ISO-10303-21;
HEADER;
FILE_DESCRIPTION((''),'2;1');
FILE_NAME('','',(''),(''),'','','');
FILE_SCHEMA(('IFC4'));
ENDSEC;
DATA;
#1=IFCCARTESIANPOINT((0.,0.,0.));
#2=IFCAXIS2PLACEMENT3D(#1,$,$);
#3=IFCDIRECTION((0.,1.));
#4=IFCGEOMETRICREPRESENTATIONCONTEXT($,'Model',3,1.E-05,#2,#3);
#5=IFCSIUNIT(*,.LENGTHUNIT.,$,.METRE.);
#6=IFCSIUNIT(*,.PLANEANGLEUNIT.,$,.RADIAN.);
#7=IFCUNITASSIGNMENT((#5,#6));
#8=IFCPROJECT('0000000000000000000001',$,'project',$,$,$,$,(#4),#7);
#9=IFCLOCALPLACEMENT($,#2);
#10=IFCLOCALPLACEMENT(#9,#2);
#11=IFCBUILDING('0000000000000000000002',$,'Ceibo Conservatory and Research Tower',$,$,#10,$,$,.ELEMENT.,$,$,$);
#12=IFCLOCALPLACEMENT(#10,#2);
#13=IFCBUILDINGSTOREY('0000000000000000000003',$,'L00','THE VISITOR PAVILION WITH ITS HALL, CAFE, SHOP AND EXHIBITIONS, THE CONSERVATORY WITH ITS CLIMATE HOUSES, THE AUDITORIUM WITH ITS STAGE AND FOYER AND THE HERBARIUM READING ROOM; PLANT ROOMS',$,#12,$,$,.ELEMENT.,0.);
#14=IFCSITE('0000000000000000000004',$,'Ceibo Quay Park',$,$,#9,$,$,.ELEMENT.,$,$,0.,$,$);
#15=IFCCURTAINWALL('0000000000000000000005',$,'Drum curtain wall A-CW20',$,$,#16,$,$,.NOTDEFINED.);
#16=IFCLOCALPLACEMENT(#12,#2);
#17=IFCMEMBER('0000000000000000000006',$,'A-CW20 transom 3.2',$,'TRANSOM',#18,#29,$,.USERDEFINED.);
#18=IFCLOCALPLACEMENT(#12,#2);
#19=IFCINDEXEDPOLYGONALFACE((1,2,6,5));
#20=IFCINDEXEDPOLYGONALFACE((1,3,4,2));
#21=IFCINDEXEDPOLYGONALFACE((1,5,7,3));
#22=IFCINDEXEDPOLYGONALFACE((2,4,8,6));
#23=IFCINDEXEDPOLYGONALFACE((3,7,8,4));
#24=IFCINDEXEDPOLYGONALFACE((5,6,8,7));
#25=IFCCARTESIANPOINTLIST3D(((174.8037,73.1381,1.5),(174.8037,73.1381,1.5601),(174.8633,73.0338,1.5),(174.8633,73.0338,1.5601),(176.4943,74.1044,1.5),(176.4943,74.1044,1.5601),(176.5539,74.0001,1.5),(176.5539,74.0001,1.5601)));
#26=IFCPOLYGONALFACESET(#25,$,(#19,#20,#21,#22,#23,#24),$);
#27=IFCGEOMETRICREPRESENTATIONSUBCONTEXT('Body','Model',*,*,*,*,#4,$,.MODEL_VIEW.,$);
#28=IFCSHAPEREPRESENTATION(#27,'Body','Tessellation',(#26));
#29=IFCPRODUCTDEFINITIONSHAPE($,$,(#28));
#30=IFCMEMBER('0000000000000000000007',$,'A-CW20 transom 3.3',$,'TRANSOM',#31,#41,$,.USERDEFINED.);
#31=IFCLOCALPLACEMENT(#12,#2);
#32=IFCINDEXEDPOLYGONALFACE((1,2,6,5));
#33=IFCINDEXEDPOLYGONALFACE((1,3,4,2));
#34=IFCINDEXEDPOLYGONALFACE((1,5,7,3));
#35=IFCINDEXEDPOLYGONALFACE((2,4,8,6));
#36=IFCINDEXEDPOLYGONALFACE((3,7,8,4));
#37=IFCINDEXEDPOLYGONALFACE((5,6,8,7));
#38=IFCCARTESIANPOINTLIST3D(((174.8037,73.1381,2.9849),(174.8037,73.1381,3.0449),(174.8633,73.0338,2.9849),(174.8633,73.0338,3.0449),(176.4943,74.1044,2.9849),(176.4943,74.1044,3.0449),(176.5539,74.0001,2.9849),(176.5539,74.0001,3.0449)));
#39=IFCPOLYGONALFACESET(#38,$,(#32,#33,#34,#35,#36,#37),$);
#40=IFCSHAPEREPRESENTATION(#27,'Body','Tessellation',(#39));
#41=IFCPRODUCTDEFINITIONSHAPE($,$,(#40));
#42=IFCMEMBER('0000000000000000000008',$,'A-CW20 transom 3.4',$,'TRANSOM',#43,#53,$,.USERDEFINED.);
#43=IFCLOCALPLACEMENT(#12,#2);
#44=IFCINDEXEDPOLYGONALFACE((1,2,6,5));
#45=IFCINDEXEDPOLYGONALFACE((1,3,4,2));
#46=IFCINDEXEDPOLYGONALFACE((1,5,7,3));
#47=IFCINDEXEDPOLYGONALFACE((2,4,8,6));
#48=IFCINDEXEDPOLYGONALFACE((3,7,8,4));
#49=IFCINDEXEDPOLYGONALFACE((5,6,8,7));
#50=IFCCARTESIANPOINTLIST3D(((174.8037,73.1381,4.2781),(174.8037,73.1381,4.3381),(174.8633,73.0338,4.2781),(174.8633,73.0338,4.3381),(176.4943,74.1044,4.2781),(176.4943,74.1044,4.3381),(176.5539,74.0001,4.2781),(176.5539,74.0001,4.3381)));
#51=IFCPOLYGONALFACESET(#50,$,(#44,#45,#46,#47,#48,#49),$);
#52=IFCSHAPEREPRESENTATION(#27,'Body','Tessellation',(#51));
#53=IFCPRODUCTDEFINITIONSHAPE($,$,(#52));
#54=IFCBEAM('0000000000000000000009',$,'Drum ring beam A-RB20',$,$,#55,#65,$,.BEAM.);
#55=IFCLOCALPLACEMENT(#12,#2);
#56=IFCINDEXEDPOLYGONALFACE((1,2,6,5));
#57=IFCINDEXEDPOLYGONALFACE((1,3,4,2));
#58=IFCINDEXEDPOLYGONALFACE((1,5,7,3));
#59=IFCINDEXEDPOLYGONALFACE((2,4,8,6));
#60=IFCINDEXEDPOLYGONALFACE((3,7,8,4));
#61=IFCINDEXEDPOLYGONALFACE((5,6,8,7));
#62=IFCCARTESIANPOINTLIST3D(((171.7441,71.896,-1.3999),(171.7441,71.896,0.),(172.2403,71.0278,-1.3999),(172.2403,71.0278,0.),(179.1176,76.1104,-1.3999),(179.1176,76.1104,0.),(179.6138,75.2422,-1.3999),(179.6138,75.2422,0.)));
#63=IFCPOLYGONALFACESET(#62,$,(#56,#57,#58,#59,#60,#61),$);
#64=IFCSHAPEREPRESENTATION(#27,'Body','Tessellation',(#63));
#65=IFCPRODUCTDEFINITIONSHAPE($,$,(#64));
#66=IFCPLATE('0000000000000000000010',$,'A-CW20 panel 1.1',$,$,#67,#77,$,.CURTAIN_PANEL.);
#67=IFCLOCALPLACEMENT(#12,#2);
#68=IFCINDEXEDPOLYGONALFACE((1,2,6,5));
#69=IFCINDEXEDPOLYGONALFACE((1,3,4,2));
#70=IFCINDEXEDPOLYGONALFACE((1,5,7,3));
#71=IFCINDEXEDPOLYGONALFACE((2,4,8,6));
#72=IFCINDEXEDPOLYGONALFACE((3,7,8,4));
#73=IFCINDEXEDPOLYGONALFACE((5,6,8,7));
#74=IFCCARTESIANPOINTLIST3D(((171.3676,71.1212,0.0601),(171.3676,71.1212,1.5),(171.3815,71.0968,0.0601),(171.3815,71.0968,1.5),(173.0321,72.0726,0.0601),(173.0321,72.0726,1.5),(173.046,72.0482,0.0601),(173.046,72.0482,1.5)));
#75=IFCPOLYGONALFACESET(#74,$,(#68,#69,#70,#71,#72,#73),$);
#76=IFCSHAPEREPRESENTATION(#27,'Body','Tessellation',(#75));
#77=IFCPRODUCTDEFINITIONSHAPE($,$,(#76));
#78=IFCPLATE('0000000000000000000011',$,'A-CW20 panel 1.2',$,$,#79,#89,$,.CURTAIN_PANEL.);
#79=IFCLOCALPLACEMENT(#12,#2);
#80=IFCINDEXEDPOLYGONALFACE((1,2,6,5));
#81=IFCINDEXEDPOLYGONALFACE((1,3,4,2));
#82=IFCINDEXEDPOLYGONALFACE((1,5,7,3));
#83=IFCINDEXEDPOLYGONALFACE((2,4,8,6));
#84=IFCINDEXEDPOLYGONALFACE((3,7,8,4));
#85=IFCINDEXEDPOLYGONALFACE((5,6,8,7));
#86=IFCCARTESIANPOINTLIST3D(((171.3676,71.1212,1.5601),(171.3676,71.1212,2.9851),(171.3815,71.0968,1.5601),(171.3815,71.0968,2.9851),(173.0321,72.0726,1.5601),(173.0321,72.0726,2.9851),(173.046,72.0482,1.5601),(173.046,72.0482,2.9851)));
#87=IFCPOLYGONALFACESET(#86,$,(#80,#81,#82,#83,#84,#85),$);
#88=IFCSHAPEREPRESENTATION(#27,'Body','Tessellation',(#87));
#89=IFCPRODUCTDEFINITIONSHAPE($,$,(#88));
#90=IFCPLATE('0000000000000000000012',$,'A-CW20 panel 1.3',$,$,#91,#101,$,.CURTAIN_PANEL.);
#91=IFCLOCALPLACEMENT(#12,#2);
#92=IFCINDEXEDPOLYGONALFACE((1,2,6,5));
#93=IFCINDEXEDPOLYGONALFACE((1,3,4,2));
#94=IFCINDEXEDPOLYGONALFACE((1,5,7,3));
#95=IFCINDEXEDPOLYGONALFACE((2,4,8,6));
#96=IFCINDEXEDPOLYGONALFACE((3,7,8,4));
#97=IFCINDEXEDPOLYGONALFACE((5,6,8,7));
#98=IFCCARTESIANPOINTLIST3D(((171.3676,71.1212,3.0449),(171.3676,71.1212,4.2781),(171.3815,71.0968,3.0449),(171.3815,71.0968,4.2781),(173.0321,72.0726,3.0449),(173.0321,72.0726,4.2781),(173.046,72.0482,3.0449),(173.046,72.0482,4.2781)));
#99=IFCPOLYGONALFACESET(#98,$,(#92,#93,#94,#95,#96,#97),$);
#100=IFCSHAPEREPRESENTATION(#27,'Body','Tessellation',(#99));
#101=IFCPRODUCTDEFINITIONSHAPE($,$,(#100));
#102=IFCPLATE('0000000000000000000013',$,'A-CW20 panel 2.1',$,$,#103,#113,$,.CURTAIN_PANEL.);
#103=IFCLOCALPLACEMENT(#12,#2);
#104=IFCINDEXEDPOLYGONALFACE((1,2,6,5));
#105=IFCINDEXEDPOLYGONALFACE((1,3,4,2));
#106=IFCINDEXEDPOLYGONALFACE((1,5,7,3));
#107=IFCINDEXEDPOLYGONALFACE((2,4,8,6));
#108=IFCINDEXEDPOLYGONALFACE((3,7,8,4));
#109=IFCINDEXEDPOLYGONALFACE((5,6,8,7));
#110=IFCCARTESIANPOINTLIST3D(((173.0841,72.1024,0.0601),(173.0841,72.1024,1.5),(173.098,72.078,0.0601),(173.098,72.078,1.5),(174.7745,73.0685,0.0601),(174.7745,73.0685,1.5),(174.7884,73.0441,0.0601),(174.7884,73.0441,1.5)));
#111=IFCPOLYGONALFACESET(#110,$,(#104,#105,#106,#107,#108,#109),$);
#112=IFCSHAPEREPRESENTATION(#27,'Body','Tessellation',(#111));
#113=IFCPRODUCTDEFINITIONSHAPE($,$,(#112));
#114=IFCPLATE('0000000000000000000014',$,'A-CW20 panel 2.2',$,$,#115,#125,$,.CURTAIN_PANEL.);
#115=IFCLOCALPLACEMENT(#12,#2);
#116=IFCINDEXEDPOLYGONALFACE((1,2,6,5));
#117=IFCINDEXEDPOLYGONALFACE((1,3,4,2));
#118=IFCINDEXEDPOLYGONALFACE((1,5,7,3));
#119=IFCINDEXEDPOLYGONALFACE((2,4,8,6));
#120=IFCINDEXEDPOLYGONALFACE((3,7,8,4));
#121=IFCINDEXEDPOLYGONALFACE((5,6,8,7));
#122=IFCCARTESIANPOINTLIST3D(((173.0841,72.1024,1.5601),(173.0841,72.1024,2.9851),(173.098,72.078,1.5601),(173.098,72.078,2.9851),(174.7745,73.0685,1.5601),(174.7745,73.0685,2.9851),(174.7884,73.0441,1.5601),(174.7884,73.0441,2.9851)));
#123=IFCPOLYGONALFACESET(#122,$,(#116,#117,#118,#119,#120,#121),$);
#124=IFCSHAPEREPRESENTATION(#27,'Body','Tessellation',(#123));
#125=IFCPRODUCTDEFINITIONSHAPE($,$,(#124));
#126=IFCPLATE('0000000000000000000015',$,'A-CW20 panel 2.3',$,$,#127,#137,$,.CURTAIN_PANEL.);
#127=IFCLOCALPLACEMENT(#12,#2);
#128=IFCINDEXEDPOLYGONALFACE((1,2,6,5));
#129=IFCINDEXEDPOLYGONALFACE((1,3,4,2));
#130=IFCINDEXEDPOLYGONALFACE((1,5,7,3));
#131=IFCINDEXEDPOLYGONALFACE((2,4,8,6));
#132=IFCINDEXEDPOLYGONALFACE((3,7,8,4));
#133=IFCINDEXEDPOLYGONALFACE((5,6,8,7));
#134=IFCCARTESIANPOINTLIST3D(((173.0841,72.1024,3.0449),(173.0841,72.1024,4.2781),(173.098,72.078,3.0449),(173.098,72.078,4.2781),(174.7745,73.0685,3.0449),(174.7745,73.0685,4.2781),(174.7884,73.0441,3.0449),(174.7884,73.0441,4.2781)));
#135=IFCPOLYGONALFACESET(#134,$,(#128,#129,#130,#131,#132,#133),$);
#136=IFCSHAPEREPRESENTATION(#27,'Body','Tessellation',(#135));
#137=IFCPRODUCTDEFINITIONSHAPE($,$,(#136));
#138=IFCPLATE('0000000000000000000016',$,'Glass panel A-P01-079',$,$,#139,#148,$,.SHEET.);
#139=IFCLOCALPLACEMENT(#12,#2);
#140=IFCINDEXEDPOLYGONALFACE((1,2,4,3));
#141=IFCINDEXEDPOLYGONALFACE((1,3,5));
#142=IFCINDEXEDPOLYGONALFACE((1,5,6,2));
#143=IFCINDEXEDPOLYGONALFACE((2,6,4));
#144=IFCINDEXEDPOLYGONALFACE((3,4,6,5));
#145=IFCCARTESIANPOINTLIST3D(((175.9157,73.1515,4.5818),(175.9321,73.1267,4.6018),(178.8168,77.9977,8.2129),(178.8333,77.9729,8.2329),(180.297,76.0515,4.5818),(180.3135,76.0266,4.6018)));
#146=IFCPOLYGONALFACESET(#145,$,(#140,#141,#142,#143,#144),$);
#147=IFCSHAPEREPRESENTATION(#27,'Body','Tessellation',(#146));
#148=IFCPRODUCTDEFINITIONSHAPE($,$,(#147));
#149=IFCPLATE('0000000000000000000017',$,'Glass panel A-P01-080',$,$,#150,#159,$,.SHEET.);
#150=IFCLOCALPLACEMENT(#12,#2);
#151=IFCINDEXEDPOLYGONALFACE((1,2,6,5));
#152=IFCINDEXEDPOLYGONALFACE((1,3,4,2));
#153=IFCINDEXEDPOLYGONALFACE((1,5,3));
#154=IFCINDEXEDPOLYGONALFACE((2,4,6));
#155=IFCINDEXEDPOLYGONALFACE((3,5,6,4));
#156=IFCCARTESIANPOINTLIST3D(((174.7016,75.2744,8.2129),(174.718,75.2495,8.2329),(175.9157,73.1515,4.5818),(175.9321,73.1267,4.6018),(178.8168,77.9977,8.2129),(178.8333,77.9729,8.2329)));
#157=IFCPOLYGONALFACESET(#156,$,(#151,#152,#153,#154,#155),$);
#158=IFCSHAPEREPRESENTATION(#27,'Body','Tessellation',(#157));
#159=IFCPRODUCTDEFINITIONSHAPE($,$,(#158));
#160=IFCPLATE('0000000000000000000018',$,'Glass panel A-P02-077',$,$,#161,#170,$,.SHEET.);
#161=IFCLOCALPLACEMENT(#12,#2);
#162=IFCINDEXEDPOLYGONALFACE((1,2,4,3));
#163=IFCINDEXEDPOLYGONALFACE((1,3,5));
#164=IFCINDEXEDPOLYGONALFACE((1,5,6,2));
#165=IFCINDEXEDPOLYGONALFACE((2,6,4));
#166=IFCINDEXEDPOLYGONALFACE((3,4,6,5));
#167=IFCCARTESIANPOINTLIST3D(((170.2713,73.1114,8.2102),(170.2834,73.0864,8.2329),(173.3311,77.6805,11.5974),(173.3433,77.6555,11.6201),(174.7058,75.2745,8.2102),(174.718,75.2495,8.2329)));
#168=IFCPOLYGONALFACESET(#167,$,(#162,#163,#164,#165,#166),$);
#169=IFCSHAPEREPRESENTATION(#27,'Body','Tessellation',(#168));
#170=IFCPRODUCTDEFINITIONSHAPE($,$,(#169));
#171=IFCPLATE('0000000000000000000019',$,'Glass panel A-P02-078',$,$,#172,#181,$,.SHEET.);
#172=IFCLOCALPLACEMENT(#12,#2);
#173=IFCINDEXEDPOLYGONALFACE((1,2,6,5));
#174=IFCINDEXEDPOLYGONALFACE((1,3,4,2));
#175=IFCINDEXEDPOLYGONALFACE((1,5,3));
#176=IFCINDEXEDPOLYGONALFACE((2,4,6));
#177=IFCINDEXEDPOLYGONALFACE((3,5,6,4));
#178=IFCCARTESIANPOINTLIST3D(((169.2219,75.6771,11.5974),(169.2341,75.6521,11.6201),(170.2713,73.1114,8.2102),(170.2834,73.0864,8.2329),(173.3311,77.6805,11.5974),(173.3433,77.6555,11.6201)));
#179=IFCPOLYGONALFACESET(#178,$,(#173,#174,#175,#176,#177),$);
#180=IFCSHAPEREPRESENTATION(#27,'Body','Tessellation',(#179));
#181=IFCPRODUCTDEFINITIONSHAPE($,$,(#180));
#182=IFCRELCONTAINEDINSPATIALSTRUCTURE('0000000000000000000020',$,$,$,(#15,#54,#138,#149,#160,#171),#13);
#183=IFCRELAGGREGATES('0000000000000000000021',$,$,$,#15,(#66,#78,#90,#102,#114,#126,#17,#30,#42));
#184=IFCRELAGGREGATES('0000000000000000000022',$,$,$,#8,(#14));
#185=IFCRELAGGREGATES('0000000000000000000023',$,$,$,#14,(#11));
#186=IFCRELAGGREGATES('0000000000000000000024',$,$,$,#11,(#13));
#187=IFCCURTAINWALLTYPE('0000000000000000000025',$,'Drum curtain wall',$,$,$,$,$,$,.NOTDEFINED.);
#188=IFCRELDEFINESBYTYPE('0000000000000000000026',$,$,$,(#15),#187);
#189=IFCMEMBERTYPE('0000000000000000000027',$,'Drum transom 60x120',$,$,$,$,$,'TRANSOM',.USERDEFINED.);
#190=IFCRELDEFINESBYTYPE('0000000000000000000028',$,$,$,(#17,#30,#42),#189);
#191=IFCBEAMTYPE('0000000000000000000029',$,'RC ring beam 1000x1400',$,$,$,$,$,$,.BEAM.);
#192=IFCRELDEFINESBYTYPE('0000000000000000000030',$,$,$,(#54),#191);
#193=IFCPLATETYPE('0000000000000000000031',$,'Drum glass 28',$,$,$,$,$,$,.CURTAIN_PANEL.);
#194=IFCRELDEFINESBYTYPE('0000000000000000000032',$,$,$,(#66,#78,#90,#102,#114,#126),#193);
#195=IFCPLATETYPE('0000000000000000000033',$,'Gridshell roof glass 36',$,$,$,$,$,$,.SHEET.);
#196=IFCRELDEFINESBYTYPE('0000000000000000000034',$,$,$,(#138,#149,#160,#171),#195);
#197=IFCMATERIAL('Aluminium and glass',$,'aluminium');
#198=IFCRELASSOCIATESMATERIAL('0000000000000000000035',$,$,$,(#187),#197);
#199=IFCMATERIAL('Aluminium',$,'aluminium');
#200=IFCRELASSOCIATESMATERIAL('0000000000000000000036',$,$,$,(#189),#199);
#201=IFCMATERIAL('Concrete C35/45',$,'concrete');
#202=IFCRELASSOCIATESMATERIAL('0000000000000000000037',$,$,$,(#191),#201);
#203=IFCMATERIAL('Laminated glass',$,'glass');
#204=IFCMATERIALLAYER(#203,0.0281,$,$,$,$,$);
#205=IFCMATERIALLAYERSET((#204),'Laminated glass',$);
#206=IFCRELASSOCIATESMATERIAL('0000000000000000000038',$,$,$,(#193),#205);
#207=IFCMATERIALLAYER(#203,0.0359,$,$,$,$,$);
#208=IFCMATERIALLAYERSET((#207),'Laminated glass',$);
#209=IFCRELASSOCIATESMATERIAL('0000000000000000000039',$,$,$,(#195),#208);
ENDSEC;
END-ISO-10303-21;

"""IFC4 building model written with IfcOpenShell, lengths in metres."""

from ifc_helpers import new_model, si_unit, direction, frame, origin, origin_2d, place, context, subcontext, project, spatial, polyline, rectangle, outline, extrude, material, layer, layer_set, material_profile, profile_set, type_object, element, aggregate, save


model = new_model("IFC4")

# Units and contexts
model_context = context("Model", 3, precision=1e-05, world=origin(), true_north=direction((0.0, 1.0)))
body_context = subcontext(model_context, "Body", "Model", "MODEL_VIEW")
ifc_project = project(units=[si_unit("LENGTHUNIT", "METRE"), si_unit("PLANEANGLEUNIT", "RADIAN")], contexts=[model_context])

# Site, building, storey
site_placement = place(None, origin())
site = spatial("IfcSite", under=ifc_project, at=site_placement, Name="Ceibo Quay Park", CompositionType="ELEMENT", RefElevation=0.0)
building_placement = place(site_placement, origin())
building = spatial("IfcBuilding", under=site, at=building_placement, Name="Ceibo Conservatory and Research Tower", CompositionType="ELEMENT")
storey_placement = place(building_placement, origin())
storey = spatial("IfcBuildingStorey", under=building, at=storey_placement, Name="L00", Description="THE VISITOR PAVILION WITH ITS HALL, CAFE, SHOP AND EXHIBITIONS, THE CONSERVATORY WITH ITS CLIMATE HOUSES, THE AUDITORIUM WITH ITS STAGE AND FOYER AND THE HERBARIUM READING ROOM; PLANT ROOMS", CompositionType="ELEMENT", Elevation=0.0)

# Shared definitions
ifc_material_1 = material(Name="Concrete C35/45", Category="concrete")

# Curtain wall, members
ifc_material_2 = material(Name="Aluminium and glass", Category="aluminium")
curtain_wall_type = type_object("IfcCurtainWallType", Name="Drum curtain wall", PredefinedType="NOTDEFINED", material=ifc_material_2)
curtain_wall_placement = place(storey_placement, origin())
curtain_wall = element("IfcCurtainWall", 1, at=curtain_wall_placement, inside=storey, type_object=curtain_wall_type, Name="Drum curtain wall A-CW20", PredefinedType="NOTDEFINED")
ifc_material_3 = material(Name="Aluminium", Category="aluminium")
ifc_material_profile_1 = material_profile(ifc_material_3, rectangle(XDim=0.1201, YDim=0.0601, at=origin_2d()), Name="AL 60x120")
ifc_profile_set_1 = profile_set([ifc_material_profile_1], Name="Aluminium")
member_type_1 = type_object("IfcMemberType", Name="Drum transom 60x120", ElementType="TRANSOM", PredefinedType="USERDEFINED", material=ifc_profile_set_1)
member_1_placement = place(storey_placement, frame((174.8335, 73.0859, 1.53), z_axis=(0.868197, 0.49622, 0.0), x_axis=(-0.49622, 0.868197, 0.0)))
member_1 = element("IfcMember", 2, at=member_1_placement, type_object=member_type_1, Name="A-CW20 transom 3.2", ObjectType="TRANSOM", PredefinedType="USERDEFINED", context=body_context, shape_type="SweptSolid", body=[
    extrude(rectangle(XDim=0.1201, YDim=0.0601, at=origin_2d()), origin(), (0.0, 0.0, 1.0), 1.9473),
])
member_2_placement = place(storey_placement, frame((174.8335, 73.0859, 3.0149), z_axis=(0.868197, 0.49622, 0.0), x_axis=(-0.49622, 0.868197, 0.0)))
member_2 = element("IfcMember", 3, at=member_2_placement, type_object=member_type_1, Name="A-CW20 transom 3.3", ObjectType="TRANSOM", PredefinedType="USERDEFINED", context=body_context, shape_type="SweptSolid", body=[
    extrude(rectangle(XDim=0.1201, YDim=0.0601, at=origin_2d()), origin(), (0.0, 0.0, 1.0), 1.9473),
])
member_3_placement = place(storey_placement, frame((174.8335, 73.0859, 4.3081), z_axis=(0.868197, 0.49622, 0.0), x_axis=(-0.49622, 0.868197, 0.0)))
member_3 = element("IfcMember", 4, at=member_3_placement, type_object=member_type_1, Name="A-CW20 transom 3.4", ObjectType="TRANSOM", PredefinedType="USERDEFINED", context=body_context, shape_type="SweptSolid", body=[
    extrude(rectangle(XDim=0.1201, YDim=0.0601, at=origin_2d()), origin(), (0.0, 0.0, 1.0), 1.9473),
])

# Beam
ifc_material_profile_2 = material_profile(ifc_material_1, rectangle(XDim=1.0, YDim=1.3999, at=origin_2d()), Name="RC 1000x1400")
ifc_profile_set_2 = profile_set([ifc_material_profile_2], Name="Concrete C35/45")
beam_type = type_object("IfcBeamType", Name="RC ring beam 1000x1400", PredefinedType="BEAM", material=ifc_profile_set_2)
beam_placement = place(storey_placement, frame((171.9922, 71.4619, -0.7), z_axis=(0.868197, 0.496219, 0.0), x_axis=(-0.496219, 0.868197, 0.0)))
element("IfcBeam", 5, at=beam_placement, inside=storey, type_object=beam_type, Name="Drum ring beam A-RB20", PredefinedType="BEAM", context=body_context, shape_type="SweptSolid", body=[
    extrude(rectangle(XDim=1.0, YDim=1.3999, at=origin_2d()), origin(), (0.0, 0.0, 1.0), 8.4929),
])

# Plates
ifc_material_4 = material(Name="Laminated glass", Category="glass")
ifc_layer_1 = layer(ifc_material_4, 0.0281)
ifc_layer_set_1 = layer_set([ifc_layer_1], Name="Laminated glass")
plate_type_1 = type_object("IfcPlateType", Name="Drum glass 28", PredefinedType="CURTAIN_PANEL", material=ifc_layer_set_1)
plate_1_placement = place(storey_placement, frame((172.2068, 71.5847, 0.0601), z_axis=(0.0, 0.0, 1.0), x_axis=(0.868199, 0.496216, 0.0)))
plate_1 = element("IfcPlate", 6, at=plate_1_placement, type_object=plate_type_1, Name="A-CW20 panel 1.1", PredefinedType="CURTAIN_PANEL", context=body_context, shape_type="SweptSolid", body=[
    extrude(rectangle(XDim=1.9172, YDim=0.0281, at=origin_2d()), origin(), (0.0, 0.0, 1.0), 1.4399),
])
plate_2_placement = place(storey_placement, frame((172.2068, 71.5847, 1.5601), z_axis=(0.0, 0.0, 1.0), x_axis=(0.868199, 0.496216, 0.0)))
plate_2 = element("IfcPlate", 7, at=plate_2_placement, type_object=plate_type_1, Name="A-CW20 panel 1.2", PredefinedType="CURTAIN_PANEL", context=body_context, shape_type="SweptSolid", body=[
    extrude(rectangle(XDim=1.9172, YDim=0.0281, at=origin_2d()), origin(), (0.0, 0.0, 1.0), 1.425),
])
plate_3_placement = place(storey_placement, frame((172.2068, 71.5847, 3.0449), z_axis=(0.0, 0.0, 1.0), x_axis=(0.868199, 0.496216, 0.0)))
plate_3 = element("IfcPlate", 8, at=plate_3_placement, type_object=plate_type_1, Name="A-CW20 panel 1.3", PredefinedType="CURTAIN_PANEL", context=body_context, shape_type="SweptSolid", body=[
    extrude(rectangle(XDim=1.9172, YDim=0.0281, at=origin_2d()), origin(), (0.0, 0.0, 1.0), 1.2332),
])
plate_4_placement = place(storey_placement, frame((173.9363, 72.5732, 0.0601), z_axis=(0.0, 0.0, 1.0), x_axis=(0.868199, 0.496216, 0.0)))
plate_4 = element("IfcPlate", 9, at=plate_4_placement, type_object=plate_type_1, Name="A-CW20 panel 2.1", PredefinedType="CURTAIN_PANEL", context=body_context, shape_type="SweptSolid", body=[
    extrude(rectangle(XDim=1.947, YDim=0.0281, at=origin_2d()), origin(), (0.0, 0.0, 1.0), 1.4399),
])
plate_5_placement = place(storey_placement, frame((173.9363, 72.5732, 1.5601), z_axis=(0.0, 0.0, 1.0), x_axis=(0.868199, 0.496216, 0.0)))
plate_5 = element("IfcPlate", 10, at=plate_5_placement, type_object=plate_type_1, Name="A-CW20 panel 2.2", PredefinedType="CURTAIN_PANEL", context=body_context, shape_type="SweptSolid", body=[
    extrude(rectangle(XDim=1.947, YDim=0.0281, at=origin_2d()), origin(), (0.0, 0.0, 1.0), 1.425),
])
plate_6_placement = place(storey_placement, frame((173.9363, 72.5732, 3.0449), z_axis=(0.0, 0.0, 1.0), x_axis=(0.868199, 0.496216, 0.0)))
plate_6 = element("IfcPlate", 11, at=plate_6_placement, type_object=plate_type_1, Name="A-CW20 panel 2.3", PredefinedType="CURTAIN_PANEL", context=body_context, shape_type="SweptSolid", body=[
    extrude(rectangle(XDim=1.947, YDim=0.0281, at=origin_2d()), origin(), (0.0, 0.0, 1.0), 1.2332),
])
aggregate(curtain_wall, [plate_1, plate_2, plate_3, plate_4, plate_5, plate_6, member_1, member_2, member_3])

# Plates
ifc_layer_2 = layer(ifc_material_4, 0.0359)
ifc_layer_set_2 = layer_set([ifc_layer_2], Name="Laminated glass")
plate_type_2 = type_object("IfcPlateType", Name="Gridshell roof glass 36", PredefinedType="SHEET", material=ifc_layer_set_2)
plate_7_placement = place(storey_placement, frame((175.9321, 73.1267, 4.6018), z_axis=(0.458111, -0.692141, 0.557741), x_axis=(0.83389, 0.551931, 0.0)))
element("IfcPlate", 12, at=plate_7_placement, inside=storey, type_object=plate_type_2, Name="Glass panel A-P01-079", PredefinedType="SHEET", context=body_context, shape_type="SweptSolid", body=[
    extrude(outline(polyline([(0.0, 0.0), (5.2541, 0.0), (5.094, 4.3747), (0.0, 0.0)])), origin(), (0.0, 0.0, -1.0), 0.0359),
])
plate_8_placement = place(storey_placement, frame((175.9321, 73.1267, 4.6018), z_axis=(0.458047, -0.692142, 0.557792), x_axis=(0.432056, 0.72173, 0.54077)))
element("IfcPlate", 13, at=plate_8_placement, inside=storey, type_object=plate_type_2, Name="Glass panel A-P01-080", PredefinedType="SHEET", context=body_context, shape_type="SweptSolid", body=[
    extrude(outline(polyline([(0.0, 0.0), (6.7147, 0.0), (2.9711, 3.2152), (0.0, 0.0)])), origin(), (0.0, 0.0, -1.0), 0.0359),
])
plate_9_placement = place(storey_placement, frame((170.2834, 73.0864, 8.2329), z_axis=(0.33961, -0.696239, 0.63239), x_axis=(0.898778, 0.438404, 0.0)))
element("IfcPlate", 14, at=plate_9_placement, inside=storey, type_object=plate_type_2, Name="Glass panel A-P02-077", PredefinedType="SHEET", context=body_context, shape_type="SweptSolid", body=[
    extrude(outline(polyline([(0.0, 0.0), (4.934, 0.0), (4.7532, 4.3726), (0.0, 0.0)])), origin(), (0.0, 0.0, -1.0), 0.0359),
])
plate_10_placement = place(storey_placement, frame((170.2834, 73.0864, 8.2329), z_axis=(0.339441, -0.696213, 0.632508), x_axis=(0.473765, 0.707454, 0.524457)))
element("IfcPlate", 15, at=plate_10_placement, inside=storey, type_object=plate_type_2, Name="Glass panel A-P02-078", PredefinedType="SHEET", context=body_context, shape_type="SweptSolid", body=[
    extrude(outline(polyline([(0.0, 0.0), (6.4585, 0.0), (3.0944, 3.0954), (0.0, 0.0)])), origin(), (0.0, 0.0, -1.0), 0.0359),
])

save(model, "model.ifc")
